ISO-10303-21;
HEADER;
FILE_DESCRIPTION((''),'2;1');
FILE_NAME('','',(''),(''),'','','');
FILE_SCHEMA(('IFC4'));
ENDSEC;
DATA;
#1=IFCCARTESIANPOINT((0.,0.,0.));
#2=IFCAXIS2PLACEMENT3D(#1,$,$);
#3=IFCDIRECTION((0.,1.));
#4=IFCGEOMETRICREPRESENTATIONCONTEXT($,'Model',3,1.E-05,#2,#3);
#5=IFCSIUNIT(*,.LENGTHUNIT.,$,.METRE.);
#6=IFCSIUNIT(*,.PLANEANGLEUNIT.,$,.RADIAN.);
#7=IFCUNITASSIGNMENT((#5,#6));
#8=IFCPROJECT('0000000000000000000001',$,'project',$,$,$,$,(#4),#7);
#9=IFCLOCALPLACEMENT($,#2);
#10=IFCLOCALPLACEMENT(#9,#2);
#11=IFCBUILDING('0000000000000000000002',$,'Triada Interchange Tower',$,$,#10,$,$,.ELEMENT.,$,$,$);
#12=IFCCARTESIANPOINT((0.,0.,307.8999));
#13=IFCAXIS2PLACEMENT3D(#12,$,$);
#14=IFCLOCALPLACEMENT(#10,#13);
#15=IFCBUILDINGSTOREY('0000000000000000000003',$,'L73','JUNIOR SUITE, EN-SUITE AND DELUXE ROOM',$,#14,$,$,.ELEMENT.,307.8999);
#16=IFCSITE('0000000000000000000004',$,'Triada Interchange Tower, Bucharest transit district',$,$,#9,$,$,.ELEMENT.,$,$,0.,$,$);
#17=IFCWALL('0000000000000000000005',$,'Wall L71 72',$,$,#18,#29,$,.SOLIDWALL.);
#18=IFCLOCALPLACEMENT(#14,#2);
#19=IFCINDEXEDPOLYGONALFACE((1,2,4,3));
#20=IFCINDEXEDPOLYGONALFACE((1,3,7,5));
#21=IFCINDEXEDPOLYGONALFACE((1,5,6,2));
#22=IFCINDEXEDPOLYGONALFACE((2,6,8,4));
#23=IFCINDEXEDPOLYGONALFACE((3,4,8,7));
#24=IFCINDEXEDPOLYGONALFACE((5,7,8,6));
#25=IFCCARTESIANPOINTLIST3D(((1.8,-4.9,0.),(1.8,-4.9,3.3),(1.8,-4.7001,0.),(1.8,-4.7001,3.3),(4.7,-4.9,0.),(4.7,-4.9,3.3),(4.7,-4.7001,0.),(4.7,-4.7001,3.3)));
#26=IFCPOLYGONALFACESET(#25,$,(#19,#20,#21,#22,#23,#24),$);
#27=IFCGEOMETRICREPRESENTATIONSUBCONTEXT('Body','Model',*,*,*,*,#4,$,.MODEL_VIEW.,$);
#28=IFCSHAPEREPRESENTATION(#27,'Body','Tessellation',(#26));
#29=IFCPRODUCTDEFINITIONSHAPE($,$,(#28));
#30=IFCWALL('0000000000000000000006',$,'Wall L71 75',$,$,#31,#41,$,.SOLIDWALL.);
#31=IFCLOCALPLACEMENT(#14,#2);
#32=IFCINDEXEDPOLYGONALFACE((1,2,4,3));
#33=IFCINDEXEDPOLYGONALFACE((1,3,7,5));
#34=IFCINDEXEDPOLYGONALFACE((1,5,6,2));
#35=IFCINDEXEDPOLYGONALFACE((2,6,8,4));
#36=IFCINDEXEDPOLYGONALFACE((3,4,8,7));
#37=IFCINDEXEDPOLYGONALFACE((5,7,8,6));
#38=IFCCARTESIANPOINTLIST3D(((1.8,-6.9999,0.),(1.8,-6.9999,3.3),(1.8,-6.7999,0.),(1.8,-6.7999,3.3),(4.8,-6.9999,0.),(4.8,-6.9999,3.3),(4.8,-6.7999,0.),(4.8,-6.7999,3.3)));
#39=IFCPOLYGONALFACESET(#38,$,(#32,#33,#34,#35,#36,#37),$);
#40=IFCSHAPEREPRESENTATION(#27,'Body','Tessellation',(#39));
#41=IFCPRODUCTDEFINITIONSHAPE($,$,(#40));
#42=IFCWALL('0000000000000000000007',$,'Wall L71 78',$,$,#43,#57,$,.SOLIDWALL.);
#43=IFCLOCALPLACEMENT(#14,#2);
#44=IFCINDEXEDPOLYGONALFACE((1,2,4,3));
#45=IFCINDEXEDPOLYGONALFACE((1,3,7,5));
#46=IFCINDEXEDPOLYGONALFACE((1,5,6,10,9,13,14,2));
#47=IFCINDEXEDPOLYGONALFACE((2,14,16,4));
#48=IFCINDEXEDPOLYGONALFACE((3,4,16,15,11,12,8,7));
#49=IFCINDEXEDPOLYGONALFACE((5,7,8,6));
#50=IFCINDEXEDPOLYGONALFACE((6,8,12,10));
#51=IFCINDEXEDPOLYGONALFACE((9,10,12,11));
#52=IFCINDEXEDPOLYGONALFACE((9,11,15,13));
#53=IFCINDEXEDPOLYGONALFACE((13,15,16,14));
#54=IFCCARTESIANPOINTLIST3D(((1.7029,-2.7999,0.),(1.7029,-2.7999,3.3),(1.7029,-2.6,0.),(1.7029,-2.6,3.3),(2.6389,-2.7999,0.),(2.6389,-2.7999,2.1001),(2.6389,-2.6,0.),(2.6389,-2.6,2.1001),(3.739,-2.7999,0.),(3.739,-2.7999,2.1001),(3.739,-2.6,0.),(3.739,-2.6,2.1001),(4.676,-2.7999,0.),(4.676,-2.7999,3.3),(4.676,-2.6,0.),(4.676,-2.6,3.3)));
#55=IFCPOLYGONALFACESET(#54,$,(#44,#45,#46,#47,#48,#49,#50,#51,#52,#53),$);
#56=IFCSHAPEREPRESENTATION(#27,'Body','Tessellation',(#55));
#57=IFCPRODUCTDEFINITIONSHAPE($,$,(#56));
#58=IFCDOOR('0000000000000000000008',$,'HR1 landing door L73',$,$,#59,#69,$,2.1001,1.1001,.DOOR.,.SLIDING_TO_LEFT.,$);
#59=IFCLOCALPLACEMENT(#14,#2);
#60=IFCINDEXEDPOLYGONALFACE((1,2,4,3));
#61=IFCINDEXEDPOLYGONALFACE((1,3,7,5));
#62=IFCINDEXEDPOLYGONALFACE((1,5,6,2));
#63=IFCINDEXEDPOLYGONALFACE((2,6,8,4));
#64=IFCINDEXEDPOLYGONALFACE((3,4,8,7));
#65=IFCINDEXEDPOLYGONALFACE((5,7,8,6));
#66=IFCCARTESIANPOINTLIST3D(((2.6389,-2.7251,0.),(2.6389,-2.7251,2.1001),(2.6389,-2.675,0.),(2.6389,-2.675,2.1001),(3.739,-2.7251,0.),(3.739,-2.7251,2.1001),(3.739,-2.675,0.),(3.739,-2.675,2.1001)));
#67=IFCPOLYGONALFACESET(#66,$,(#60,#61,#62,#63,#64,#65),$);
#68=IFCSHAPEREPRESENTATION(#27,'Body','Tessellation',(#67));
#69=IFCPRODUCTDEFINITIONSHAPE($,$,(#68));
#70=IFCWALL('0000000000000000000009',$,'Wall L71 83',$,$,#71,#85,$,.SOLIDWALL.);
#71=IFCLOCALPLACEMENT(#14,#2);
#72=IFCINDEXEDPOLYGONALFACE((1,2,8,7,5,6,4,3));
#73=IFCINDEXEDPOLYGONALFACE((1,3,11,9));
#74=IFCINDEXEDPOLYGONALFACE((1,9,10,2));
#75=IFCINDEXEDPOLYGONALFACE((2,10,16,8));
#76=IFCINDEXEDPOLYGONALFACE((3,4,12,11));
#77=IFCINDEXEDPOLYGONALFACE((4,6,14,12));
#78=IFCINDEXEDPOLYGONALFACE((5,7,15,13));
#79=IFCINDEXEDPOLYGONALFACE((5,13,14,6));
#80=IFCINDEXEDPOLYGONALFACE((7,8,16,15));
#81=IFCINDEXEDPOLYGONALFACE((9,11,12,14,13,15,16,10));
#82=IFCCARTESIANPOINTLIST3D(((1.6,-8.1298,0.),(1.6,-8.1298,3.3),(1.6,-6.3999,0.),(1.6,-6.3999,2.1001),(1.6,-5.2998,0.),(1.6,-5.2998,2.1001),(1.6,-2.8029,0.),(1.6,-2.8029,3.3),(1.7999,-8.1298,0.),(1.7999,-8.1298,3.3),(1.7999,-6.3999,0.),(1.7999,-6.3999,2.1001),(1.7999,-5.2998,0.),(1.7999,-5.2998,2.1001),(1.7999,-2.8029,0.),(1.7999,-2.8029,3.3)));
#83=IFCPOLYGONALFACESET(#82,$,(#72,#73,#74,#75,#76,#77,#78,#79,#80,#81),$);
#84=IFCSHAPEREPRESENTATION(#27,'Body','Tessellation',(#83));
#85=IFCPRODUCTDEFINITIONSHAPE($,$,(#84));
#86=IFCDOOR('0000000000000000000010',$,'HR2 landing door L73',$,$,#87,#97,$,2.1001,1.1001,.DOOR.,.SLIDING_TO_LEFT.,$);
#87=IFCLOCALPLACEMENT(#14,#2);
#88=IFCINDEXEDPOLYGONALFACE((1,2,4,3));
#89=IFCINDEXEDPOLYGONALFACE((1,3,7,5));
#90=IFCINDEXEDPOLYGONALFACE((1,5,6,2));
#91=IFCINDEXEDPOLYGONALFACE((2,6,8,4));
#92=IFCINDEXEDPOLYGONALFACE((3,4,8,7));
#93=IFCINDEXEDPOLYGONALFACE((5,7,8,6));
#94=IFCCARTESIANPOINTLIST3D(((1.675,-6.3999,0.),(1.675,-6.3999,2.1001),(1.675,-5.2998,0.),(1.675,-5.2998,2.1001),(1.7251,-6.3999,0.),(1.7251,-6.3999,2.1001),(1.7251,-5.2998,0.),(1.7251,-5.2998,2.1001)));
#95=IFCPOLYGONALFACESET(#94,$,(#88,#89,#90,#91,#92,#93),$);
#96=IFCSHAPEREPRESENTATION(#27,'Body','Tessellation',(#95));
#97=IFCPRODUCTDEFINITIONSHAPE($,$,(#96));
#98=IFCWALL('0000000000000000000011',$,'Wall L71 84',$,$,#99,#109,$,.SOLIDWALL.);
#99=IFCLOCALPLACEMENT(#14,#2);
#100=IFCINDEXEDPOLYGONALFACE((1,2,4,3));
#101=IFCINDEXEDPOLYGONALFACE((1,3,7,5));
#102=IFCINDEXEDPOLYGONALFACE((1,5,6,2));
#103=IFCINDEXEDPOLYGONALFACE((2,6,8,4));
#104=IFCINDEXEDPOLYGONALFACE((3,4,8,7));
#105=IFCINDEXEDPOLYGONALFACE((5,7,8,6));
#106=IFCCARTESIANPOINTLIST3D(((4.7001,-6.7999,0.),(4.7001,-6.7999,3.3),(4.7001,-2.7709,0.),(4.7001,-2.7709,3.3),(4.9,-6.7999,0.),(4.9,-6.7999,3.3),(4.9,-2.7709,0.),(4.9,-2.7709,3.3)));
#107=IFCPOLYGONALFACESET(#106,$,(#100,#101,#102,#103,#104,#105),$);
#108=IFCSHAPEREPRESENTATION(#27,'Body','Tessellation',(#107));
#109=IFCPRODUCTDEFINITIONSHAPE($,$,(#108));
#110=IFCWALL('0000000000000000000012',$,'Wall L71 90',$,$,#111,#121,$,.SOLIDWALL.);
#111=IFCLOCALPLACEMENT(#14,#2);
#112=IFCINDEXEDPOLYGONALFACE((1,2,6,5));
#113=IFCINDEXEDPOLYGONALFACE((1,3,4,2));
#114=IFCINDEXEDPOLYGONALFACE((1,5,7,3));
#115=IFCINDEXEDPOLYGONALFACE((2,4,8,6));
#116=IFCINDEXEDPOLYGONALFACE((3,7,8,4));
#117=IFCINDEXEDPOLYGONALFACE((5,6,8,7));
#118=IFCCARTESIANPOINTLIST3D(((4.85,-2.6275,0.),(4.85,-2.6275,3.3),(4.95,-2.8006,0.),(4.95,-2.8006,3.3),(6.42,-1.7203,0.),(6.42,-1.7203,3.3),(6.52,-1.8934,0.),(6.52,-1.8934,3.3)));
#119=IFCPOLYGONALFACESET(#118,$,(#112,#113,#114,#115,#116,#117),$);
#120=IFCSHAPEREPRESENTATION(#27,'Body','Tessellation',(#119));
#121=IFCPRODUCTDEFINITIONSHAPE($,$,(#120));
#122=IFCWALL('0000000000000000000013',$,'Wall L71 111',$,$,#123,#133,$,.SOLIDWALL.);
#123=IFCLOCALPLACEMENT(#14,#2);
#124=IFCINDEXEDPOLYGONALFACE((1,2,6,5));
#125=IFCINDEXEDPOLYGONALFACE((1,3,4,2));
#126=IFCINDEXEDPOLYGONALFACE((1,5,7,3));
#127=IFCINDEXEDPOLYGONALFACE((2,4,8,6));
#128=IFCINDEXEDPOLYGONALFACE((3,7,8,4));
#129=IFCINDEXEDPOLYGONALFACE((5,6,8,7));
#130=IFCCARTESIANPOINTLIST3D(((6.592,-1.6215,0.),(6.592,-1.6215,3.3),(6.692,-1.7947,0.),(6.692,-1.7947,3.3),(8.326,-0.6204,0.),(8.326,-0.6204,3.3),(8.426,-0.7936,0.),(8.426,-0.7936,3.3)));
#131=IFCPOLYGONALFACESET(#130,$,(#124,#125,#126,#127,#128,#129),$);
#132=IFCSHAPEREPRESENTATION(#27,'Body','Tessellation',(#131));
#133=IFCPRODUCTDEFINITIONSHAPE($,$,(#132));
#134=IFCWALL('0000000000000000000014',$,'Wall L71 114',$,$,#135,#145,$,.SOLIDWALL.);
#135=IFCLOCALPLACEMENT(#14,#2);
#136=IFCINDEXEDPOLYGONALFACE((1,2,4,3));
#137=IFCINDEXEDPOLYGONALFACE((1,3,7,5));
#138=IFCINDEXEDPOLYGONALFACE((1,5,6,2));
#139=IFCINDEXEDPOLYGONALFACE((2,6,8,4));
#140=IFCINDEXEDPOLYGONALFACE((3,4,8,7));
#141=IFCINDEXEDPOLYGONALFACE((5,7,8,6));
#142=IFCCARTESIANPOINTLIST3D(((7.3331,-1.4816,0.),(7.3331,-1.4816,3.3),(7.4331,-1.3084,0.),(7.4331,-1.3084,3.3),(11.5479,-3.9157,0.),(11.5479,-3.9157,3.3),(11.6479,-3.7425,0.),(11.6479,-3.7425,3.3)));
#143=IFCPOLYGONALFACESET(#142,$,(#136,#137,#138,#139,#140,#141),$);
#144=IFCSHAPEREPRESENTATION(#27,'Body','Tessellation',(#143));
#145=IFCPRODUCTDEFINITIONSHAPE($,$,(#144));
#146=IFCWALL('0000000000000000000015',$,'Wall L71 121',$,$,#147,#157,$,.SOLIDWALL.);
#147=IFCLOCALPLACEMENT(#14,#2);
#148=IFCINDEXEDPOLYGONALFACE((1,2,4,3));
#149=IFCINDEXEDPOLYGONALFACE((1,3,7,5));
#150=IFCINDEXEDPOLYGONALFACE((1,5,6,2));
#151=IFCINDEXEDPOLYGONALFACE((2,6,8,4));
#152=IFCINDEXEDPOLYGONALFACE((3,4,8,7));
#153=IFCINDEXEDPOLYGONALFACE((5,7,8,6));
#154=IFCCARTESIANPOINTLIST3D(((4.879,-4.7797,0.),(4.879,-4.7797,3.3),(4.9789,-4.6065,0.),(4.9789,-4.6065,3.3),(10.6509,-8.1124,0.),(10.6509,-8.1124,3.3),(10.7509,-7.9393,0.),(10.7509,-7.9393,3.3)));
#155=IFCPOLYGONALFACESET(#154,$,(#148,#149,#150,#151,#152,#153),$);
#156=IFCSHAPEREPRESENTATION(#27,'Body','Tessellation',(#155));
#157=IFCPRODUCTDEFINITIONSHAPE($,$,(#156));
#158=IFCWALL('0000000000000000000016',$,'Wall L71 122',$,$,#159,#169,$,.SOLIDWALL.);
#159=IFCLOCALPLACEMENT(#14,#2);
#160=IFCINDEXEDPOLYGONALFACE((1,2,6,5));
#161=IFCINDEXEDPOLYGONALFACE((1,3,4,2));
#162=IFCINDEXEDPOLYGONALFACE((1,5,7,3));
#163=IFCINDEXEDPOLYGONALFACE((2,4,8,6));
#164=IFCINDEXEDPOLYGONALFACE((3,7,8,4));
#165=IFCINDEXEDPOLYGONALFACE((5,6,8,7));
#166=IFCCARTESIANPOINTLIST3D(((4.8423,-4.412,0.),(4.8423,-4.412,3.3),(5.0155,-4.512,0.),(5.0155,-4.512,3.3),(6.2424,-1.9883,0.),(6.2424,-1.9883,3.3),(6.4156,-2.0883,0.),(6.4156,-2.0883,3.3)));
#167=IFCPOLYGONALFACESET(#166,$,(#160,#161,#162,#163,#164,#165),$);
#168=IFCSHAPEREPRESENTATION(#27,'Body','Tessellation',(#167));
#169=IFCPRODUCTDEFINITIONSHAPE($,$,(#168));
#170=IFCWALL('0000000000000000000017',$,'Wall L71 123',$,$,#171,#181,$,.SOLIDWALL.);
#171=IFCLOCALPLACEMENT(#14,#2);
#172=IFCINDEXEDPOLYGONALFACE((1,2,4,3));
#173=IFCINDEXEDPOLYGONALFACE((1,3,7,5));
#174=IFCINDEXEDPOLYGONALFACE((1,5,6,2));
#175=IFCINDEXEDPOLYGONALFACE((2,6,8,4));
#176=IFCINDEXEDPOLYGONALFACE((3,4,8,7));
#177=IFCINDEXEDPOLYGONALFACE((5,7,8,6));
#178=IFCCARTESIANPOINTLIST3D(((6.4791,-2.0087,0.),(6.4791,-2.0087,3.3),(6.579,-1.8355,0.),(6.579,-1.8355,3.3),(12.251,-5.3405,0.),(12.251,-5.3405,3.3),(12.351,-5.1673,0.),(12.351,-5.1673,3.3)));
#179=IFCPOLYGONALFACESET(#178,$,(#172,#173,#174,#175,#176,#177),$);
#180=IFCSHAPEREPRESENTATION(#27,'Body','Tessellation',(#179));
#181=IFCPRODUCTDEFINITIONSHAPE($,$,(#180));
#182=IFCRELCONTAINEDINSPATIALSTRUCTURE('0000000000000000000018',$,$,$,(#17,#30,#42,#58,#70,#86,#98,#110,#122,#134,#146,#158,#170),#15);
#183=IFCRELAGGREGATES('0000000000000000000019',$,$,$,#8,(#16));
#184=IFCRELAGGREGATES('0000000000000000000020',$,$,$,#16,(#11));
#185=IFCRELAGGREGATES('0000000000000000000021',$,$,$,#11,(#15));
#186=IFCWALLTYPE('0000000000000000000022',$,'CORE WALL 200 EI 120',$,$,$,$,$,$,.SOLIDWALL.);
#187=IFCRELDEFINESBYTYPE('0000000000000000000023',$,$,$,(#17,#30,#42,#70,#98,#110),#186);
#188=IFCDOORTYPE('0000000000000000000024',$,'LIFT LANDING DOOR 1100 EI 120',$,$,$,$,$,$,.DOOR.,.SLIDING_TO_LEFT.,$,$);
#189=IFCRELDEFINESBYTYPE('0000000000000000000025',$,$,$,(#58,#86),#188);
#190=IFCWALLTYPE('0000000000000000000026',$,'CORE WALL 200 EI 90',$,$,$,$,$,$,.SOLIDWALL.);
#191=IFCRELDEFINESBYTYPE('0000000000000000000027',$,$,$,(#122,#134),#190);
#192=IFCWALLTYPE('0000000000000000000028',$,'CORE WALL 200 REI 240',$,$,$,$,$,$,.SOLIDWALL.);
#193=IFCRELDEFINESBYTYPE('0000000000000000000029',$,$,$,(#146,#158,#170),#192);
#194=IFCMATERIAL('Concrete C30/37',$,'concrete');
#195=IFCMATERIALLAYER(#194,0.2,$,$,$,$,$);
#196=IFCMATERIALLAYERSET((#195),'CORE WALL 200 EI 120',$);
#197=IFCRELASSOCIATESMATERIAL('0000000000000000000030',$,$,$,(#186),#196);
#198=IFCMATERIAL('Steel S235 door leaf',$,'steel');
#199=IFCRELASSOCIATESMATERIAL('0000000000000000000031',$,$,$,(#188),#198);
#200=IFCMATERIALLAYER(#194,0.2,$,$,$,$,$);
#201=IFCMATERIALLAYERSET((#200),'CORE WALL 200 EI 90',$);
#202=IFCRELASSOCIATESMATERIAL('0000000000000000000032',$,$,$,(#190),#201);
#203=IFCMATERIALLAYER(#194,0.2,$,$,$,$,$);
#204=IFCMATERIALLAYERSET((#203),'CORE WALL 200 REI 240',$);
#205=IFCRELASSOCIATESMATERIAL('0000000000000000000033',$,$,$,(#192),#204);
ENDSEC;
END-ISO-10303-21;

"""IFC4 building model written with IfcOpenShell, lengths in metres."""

from ifc_helpers import new_model, si_unit, direction, frame, frame_2d, origin, place, context, subcontext, project, spatial, rectangle, extrude, material, layer, layer_set, type_object, element, fill, save


model = new_model("IFC4")

# Units and contexts
model_context = context("Model", 3, precision=1e-05, world=origin(), true_north=direction((0.0, 1.0)))
body_context = subcontext(model_context, "Body", "Model", "MODEL_VIEW")
ifc_project = project(units=[si_unit("LENGTHUNIT", "METRE"), si_unit("PLANEANGLEUNIT", "RADIAN")], contexts=[model_context])

# Site, building, storey
site_placement = place(None, origin())
site = spatial("IfcSite", under=ifc_project, at=site_placement, Name="Triada Interchange Tower, Bucharest transit district", CompositionType="ELEMENT", RefElevation=0.0)
building_placement = place(site_placement, origin())
building = spatial("IfcBuilding", under=site, at=building_placement, Name="Triada Interchange Tower", CompositionType="ELEMENT")
storey_placement = place(building_placement, frame((0.0, 0.0, 307.8999)))
storey = spatial("IfcBuildingStorey", under=building, at=storey_placement, Name="L73", Description="JUNIOR SUITE, EN-SUITE AND DELUXE ROOM", CompositionType="ELEMENT", Elevation=307.8999)

# Walls
ifc_material_1 = material(Name="Concrete C30/37", Category="concrete")
ifc_layer_1 = layer(ifc_material_1, 0.2)
ifc_layer_set_1 = layer_set([ifc_layer_1], Name="CORE WALL 200 EI 120")
wall_type_1 = type_object("IfcWallType", Name="CORE WALL 200 EI 120", PredefinedType="SOLIDWALL", material=ifc_layer_set_1)
wall_1_placement = place(storey_placement, frame((1.8, -4.8, 0.0), z_axis=(0.0, 0.0, 1.0), x_axis=(1.0, 0.0, 0.0)))
element("IfcWall", 1, at=wall_1_placement, inside=storey, type_object=wall_type_1, Name="Wall L71 72", PredefinedType="SOLIDWALL", context=body_context, shape_type="SweptSolid", body=[
    extrude(rectangle(XDim=2.8999, YDim=0.2, at=frame_2d((1.45, 0.0))), origin(), (0.0, 0.0, 1.0), 3.3),
])
wall_2_placement = place(storey_placement, frame((1.8, -6.8999, 0.0), z_axis=(0.0, 0.0, 1.0), x_axis=(1.0, 0.0, 0.0)))
element("IfcWall", 2, at=wall_2_placement, inside=storey, type_object=wall_type_1, Name="Wall L71 75", PredefinedType="SOLIDWALL", context=body_context, shape_type="SweptSolid", body=[
    extrude(rectangle(XDim=3.0, YDim=0.2, at=frame_2d((1.5, 0.0))), origin(), (0.0, 0.0, 1.0), 3.3),
])

# Walls, openings, doors
wall_3_placement = place(storey_placement, frame((1.7029, -2.7, 0.0), z_axis=(0.0, 0.0, 1.0), x_axis=(1.0, 0.0, 0.0)))
wall_3 = element("IfcWall", 3, at=wall_3_placement, inside=storey, type_object=wall_type_1, Name="Wall L71 78", PredefinedType="SOLIDWALL", context=body_context, shape_type="SweptSolid", body=[
    extrude(rectangle(XDim=2.9731, YDim=0.2, at=frame_2d((1.4866, 0.0))), origin(), (0.0, 0.0, 1.0), 3.3),
])
opening_1_placement = place(wall_3_placement, frame((0.936, 0.0, 0.0)))
opening_1 = element("IfcOpeningElement", 4, at=opening_1_placement, cuts=wall_3, PredefinedType="OPENING", context=body_context, shape_type="SweptSolid", body=[
    extrude(rectangle(XDim=1.1001, YDim=2.1001, at=frame_2d((0.55, 1.05))), frame((0.0, 0.1099, 0.0), z_axis=(0.0, -1.0, 0.0), x_axis=(1.0, 0.0, 0.0)), (0.0, 0.0, 1.0), 0.22),
])
ifc_material_2 = material(Name="Steel S235 door leaf", Category="steel")
door_type_1 = type_object("IfcDoorType", Name="LIFT LANDING DOOR 1100 EI 120", OperationType="SLIDING_TO_LEFT", PredefinedType="DOOR", material=ifc_material_2)
door_1_placement = place(opening_1_placement, origin())
door_1 = element("IfcDoor", 5, at=door_1_placement, inside=storey, type_object=door_type_1, Name="HR1 landing door L73", OperationType="SLIDING_TO_LEFT", OverallHeight=2.1001, OverallWidth=1.1001, PredefinedType="DOOR", context=body_context, shape_type="SweptSolid", body=[
    extrude(rectangle(XDim=1.1001, YDim=2.1001, at=frame_2d((0.55, 1.05))), frame((0.0, 0.0249, 0.0), z_axis=(0.0, -1.0, 0.0), x_axis=(1.0, 0.0, 0.0)), (0.0, 0.0, 1.0), 0.05),
])
fill(opening_1, door_1)
wall_4_placement = place(storey_placement, frame((1.7, -8.1299, 0.0), z_axis=(0.0, 0.0, 1.0), x_axis=(0.0, 1.0, 0.0)))
wall_4 = element("IfcWall", 6, at=wall_4_placement, inside=storey, type_object=wall_type_1, Name="Wall L71 83", PredefinedType="SOLIDWALL", context=body_context, shape_type="SweptSolid", body=[
    extrude(rectangle(XDim=5.3269, YDim=0.2, at=frame_2d((2.6636, 0.0))), origin(), (0.0, 0.0, 1.0), 3.3),
])
opening_2_placement = place(wall_4_placement, frame((1.73, 0.0, 0.0)))
opening_2 = element("IfcOpeningElement", 7, at=opening_2_placement, cuts=wall_4, PredefinedType="OPENING", context=body_context, shape_type="SweptSolid", body=[
    extrude(rectangle(XDim=1.1001, YDim=2.1001, at=frame_2d((0.55, 1.05))), frame((0.0, 0.1099, 0.0), z_axis=(0.0, -1.0, 0.0), x_axis=(1.0, 0.0, 0.0)), (0.0, 0.0, 1.0), 0.22),
])
door_2_placement = place(opening_2_placement, origin())
door_2 = element("IfcDoor", 8, at=door_2_placement, inside=storey, type_object=door_type_1, Name="HR2 landing door L73", OperationType="SLIDING_TO_LEFT", OverallHeight=2.1001, OverallWidth=1.1001, PredefinedType="DOOR", context=body_context, shape_type="SweptSolid", body=[
    extrude(rectangle(XDim=1.1001, YDim=2.1001, at=frame_2d((0.55, 1.05))), frame((0.0, 0.0249, 0.0), z_axis=(0.0, -1.0, 0.0), x_axis=(1.0, 0.0, 0.0)), (0.0, 0.0, 1.0), 0.05),
])
fill(opening_2, door_2)

# Walls
wall_5_placement = place(storey_placement, frame((4.8, -6.8, 0.0), z_axis=(0.0, 0.0, 1.0), x_axis=(0.0, 1.0, 0.0)))
element("IfcWall", 9, at=wall_5_placement, inside=storey, type_object=wall_type_1, Name="Wall L71 84", PredefinedType="SOLIDWALL", context=body_context, shape_type="SweptSolid", body=[
    extrude(rectangle(XDim=4.0291, YDim=0.2, at=frame_2d((2.0146, 0.0))), origin(), (0.0, 0.0, 1.0), 3.3),
])
wall_6_placement = place(storey_placement, frame((4.8999, -2.7141, 0.0), z_axis=(0.0, 0.0, 1.0), x_axis=(0.865847, 0.500309, 0.0)))
element("IfcWall", 10, at=wall_6_placement, inside=storey, type_object=wall_type_1, Name="Wall L71 90", PredefinedType="SOLIDWALL", context=body_context, shape_type="SweptSolid", body=[
    extrude(rectangle(XDim=1.8132, YDim=0.2, at=frame_2d((0.9067, 0.0))), origin(), (0.0, 0.0, 1.0), 3.3),
])
ifc_layer_2 = layer(ifc_material_1, 0.2)
ifc_layer_set_2 = layer_set([ifc_layer_2], Name="CORE WALL 200 EI 90")
wall_type_2 = type_object("IfcWallType", Name="CORE WALL 200 EI 90", PredefinedType="SOLIDWALL", material=ifc_layer_set_2)
wall_7_placement = place(storey_placement, frame((6.6421, -1.708, 0.0), z_axis=(0.0, 0.0, 1.0), x_axis=(0.866043, 0.499969, 0.0)))
element("IfcWall", 11, at=wall_7_placement, inside=storey, type_object=wall_type_2, Name="Wall L71 111", PredefinedType="SOLIDWALL", context=body_context, shape_type="SweptSolid", body=[
    extrude(rectangle(XDim=2.0022, YDim=0.2, at=frame_2d((1.001, 0.0))), origin(), (0.0, 0.0, 1.0), 3.3),
])
wall_8_placement = place(storey_placement, frame((7.3831, -1.395, 0.0), z_axis=(0.0, 0.0, 1.0), x_axis=(0.865968, -0.500099, 0.0)))
element("IfcWall", 12, at=wall_8_placement, inside=storey, type_object=wall_type_2, Name="Wall L71 114", PredefinedType="SOLIDWALL", context=body_context, shape_type="SweptSolid", body=[
    extrude(rectangle(XDim=4.8672, YDim=0.2, at=frame_2d((2.4336, 0.0))), origin(), (0.0, 0.0, 1.0), 3.3),
])
ifc_layer_3 = layer(ifc_material_1, 0.2)
ifc_layer_set_3 = layer_set([ifc_layer_3], Name="CORE WALL 200 REI 240")
wall_type_3 = type_object("IfcWallType", Name="CORE WALL 200 REI 240", PredefinedType="SOLIDWALL", material=ifc_layer_set_3)
wall_9_placement = place(storey_placement, frame((4.929, -4.6931, 0.0), z_axis=(0.0, 0.0, 1.0), x_axis=(0.866005, -0.500035, 0.0)))
element("IfcWall", 13, at=wall_9_placement, inside=storey, type_object=wall_type_3, Name="Wall L71 121", PredefinedType="SOLIDWALL", context=body_context, shape_type="SweptSolid", body=[
    extrude(rectangle(XDim=6.665, YDim=0.2, at=frame_2d((3.3325, 0.0))), origin(), (0.0, 0.0, 1.0), 3.3),
])
wall_10_placement = place(storey_placement, frame((4.929, -4.4619, 0.0), z_axis=(0.0, 0.0, 1.0), x_axis=(0.500201, 0.86591, 0.0)))
element("IfcWall", 14, at=wall_10_placement, inside=storey, type_object=wall_type_3, Name="Wall L71 122", PredefinedType="SOLIDWALL", context=body_context, shape_type="SweptSolid", body=[
    extrude(rectangle(XDim=2.7991, YDim=0.2, at=frame_2d((1.3994, 0.0))), origin(), (0.0, 0.0, 1.0), 3.3),
])
wall_11_placement = place(storey_placement, frame((6.5291, -1.9221, 0.0), z_axis=(0.0, 0.0, 1.0), x_axis=(0.866068, -0.499925, 0.0)))
element("IfcWall", 15, at=wall_11_placement, inside=storey, type_object=wall_type_3, Name="Wall L71 123", PredefinedType="SOLIDWALL", context=body_context, shape_type="SweptSolid", body=[
    extrude(rectangle(XDim=6.6646, YDim=0.2, at=frame_2d((3.3323, 0.0))), origin(), (0.0, 0.0, 1.0), 3.3),
])

save(model, "model.ifc")
